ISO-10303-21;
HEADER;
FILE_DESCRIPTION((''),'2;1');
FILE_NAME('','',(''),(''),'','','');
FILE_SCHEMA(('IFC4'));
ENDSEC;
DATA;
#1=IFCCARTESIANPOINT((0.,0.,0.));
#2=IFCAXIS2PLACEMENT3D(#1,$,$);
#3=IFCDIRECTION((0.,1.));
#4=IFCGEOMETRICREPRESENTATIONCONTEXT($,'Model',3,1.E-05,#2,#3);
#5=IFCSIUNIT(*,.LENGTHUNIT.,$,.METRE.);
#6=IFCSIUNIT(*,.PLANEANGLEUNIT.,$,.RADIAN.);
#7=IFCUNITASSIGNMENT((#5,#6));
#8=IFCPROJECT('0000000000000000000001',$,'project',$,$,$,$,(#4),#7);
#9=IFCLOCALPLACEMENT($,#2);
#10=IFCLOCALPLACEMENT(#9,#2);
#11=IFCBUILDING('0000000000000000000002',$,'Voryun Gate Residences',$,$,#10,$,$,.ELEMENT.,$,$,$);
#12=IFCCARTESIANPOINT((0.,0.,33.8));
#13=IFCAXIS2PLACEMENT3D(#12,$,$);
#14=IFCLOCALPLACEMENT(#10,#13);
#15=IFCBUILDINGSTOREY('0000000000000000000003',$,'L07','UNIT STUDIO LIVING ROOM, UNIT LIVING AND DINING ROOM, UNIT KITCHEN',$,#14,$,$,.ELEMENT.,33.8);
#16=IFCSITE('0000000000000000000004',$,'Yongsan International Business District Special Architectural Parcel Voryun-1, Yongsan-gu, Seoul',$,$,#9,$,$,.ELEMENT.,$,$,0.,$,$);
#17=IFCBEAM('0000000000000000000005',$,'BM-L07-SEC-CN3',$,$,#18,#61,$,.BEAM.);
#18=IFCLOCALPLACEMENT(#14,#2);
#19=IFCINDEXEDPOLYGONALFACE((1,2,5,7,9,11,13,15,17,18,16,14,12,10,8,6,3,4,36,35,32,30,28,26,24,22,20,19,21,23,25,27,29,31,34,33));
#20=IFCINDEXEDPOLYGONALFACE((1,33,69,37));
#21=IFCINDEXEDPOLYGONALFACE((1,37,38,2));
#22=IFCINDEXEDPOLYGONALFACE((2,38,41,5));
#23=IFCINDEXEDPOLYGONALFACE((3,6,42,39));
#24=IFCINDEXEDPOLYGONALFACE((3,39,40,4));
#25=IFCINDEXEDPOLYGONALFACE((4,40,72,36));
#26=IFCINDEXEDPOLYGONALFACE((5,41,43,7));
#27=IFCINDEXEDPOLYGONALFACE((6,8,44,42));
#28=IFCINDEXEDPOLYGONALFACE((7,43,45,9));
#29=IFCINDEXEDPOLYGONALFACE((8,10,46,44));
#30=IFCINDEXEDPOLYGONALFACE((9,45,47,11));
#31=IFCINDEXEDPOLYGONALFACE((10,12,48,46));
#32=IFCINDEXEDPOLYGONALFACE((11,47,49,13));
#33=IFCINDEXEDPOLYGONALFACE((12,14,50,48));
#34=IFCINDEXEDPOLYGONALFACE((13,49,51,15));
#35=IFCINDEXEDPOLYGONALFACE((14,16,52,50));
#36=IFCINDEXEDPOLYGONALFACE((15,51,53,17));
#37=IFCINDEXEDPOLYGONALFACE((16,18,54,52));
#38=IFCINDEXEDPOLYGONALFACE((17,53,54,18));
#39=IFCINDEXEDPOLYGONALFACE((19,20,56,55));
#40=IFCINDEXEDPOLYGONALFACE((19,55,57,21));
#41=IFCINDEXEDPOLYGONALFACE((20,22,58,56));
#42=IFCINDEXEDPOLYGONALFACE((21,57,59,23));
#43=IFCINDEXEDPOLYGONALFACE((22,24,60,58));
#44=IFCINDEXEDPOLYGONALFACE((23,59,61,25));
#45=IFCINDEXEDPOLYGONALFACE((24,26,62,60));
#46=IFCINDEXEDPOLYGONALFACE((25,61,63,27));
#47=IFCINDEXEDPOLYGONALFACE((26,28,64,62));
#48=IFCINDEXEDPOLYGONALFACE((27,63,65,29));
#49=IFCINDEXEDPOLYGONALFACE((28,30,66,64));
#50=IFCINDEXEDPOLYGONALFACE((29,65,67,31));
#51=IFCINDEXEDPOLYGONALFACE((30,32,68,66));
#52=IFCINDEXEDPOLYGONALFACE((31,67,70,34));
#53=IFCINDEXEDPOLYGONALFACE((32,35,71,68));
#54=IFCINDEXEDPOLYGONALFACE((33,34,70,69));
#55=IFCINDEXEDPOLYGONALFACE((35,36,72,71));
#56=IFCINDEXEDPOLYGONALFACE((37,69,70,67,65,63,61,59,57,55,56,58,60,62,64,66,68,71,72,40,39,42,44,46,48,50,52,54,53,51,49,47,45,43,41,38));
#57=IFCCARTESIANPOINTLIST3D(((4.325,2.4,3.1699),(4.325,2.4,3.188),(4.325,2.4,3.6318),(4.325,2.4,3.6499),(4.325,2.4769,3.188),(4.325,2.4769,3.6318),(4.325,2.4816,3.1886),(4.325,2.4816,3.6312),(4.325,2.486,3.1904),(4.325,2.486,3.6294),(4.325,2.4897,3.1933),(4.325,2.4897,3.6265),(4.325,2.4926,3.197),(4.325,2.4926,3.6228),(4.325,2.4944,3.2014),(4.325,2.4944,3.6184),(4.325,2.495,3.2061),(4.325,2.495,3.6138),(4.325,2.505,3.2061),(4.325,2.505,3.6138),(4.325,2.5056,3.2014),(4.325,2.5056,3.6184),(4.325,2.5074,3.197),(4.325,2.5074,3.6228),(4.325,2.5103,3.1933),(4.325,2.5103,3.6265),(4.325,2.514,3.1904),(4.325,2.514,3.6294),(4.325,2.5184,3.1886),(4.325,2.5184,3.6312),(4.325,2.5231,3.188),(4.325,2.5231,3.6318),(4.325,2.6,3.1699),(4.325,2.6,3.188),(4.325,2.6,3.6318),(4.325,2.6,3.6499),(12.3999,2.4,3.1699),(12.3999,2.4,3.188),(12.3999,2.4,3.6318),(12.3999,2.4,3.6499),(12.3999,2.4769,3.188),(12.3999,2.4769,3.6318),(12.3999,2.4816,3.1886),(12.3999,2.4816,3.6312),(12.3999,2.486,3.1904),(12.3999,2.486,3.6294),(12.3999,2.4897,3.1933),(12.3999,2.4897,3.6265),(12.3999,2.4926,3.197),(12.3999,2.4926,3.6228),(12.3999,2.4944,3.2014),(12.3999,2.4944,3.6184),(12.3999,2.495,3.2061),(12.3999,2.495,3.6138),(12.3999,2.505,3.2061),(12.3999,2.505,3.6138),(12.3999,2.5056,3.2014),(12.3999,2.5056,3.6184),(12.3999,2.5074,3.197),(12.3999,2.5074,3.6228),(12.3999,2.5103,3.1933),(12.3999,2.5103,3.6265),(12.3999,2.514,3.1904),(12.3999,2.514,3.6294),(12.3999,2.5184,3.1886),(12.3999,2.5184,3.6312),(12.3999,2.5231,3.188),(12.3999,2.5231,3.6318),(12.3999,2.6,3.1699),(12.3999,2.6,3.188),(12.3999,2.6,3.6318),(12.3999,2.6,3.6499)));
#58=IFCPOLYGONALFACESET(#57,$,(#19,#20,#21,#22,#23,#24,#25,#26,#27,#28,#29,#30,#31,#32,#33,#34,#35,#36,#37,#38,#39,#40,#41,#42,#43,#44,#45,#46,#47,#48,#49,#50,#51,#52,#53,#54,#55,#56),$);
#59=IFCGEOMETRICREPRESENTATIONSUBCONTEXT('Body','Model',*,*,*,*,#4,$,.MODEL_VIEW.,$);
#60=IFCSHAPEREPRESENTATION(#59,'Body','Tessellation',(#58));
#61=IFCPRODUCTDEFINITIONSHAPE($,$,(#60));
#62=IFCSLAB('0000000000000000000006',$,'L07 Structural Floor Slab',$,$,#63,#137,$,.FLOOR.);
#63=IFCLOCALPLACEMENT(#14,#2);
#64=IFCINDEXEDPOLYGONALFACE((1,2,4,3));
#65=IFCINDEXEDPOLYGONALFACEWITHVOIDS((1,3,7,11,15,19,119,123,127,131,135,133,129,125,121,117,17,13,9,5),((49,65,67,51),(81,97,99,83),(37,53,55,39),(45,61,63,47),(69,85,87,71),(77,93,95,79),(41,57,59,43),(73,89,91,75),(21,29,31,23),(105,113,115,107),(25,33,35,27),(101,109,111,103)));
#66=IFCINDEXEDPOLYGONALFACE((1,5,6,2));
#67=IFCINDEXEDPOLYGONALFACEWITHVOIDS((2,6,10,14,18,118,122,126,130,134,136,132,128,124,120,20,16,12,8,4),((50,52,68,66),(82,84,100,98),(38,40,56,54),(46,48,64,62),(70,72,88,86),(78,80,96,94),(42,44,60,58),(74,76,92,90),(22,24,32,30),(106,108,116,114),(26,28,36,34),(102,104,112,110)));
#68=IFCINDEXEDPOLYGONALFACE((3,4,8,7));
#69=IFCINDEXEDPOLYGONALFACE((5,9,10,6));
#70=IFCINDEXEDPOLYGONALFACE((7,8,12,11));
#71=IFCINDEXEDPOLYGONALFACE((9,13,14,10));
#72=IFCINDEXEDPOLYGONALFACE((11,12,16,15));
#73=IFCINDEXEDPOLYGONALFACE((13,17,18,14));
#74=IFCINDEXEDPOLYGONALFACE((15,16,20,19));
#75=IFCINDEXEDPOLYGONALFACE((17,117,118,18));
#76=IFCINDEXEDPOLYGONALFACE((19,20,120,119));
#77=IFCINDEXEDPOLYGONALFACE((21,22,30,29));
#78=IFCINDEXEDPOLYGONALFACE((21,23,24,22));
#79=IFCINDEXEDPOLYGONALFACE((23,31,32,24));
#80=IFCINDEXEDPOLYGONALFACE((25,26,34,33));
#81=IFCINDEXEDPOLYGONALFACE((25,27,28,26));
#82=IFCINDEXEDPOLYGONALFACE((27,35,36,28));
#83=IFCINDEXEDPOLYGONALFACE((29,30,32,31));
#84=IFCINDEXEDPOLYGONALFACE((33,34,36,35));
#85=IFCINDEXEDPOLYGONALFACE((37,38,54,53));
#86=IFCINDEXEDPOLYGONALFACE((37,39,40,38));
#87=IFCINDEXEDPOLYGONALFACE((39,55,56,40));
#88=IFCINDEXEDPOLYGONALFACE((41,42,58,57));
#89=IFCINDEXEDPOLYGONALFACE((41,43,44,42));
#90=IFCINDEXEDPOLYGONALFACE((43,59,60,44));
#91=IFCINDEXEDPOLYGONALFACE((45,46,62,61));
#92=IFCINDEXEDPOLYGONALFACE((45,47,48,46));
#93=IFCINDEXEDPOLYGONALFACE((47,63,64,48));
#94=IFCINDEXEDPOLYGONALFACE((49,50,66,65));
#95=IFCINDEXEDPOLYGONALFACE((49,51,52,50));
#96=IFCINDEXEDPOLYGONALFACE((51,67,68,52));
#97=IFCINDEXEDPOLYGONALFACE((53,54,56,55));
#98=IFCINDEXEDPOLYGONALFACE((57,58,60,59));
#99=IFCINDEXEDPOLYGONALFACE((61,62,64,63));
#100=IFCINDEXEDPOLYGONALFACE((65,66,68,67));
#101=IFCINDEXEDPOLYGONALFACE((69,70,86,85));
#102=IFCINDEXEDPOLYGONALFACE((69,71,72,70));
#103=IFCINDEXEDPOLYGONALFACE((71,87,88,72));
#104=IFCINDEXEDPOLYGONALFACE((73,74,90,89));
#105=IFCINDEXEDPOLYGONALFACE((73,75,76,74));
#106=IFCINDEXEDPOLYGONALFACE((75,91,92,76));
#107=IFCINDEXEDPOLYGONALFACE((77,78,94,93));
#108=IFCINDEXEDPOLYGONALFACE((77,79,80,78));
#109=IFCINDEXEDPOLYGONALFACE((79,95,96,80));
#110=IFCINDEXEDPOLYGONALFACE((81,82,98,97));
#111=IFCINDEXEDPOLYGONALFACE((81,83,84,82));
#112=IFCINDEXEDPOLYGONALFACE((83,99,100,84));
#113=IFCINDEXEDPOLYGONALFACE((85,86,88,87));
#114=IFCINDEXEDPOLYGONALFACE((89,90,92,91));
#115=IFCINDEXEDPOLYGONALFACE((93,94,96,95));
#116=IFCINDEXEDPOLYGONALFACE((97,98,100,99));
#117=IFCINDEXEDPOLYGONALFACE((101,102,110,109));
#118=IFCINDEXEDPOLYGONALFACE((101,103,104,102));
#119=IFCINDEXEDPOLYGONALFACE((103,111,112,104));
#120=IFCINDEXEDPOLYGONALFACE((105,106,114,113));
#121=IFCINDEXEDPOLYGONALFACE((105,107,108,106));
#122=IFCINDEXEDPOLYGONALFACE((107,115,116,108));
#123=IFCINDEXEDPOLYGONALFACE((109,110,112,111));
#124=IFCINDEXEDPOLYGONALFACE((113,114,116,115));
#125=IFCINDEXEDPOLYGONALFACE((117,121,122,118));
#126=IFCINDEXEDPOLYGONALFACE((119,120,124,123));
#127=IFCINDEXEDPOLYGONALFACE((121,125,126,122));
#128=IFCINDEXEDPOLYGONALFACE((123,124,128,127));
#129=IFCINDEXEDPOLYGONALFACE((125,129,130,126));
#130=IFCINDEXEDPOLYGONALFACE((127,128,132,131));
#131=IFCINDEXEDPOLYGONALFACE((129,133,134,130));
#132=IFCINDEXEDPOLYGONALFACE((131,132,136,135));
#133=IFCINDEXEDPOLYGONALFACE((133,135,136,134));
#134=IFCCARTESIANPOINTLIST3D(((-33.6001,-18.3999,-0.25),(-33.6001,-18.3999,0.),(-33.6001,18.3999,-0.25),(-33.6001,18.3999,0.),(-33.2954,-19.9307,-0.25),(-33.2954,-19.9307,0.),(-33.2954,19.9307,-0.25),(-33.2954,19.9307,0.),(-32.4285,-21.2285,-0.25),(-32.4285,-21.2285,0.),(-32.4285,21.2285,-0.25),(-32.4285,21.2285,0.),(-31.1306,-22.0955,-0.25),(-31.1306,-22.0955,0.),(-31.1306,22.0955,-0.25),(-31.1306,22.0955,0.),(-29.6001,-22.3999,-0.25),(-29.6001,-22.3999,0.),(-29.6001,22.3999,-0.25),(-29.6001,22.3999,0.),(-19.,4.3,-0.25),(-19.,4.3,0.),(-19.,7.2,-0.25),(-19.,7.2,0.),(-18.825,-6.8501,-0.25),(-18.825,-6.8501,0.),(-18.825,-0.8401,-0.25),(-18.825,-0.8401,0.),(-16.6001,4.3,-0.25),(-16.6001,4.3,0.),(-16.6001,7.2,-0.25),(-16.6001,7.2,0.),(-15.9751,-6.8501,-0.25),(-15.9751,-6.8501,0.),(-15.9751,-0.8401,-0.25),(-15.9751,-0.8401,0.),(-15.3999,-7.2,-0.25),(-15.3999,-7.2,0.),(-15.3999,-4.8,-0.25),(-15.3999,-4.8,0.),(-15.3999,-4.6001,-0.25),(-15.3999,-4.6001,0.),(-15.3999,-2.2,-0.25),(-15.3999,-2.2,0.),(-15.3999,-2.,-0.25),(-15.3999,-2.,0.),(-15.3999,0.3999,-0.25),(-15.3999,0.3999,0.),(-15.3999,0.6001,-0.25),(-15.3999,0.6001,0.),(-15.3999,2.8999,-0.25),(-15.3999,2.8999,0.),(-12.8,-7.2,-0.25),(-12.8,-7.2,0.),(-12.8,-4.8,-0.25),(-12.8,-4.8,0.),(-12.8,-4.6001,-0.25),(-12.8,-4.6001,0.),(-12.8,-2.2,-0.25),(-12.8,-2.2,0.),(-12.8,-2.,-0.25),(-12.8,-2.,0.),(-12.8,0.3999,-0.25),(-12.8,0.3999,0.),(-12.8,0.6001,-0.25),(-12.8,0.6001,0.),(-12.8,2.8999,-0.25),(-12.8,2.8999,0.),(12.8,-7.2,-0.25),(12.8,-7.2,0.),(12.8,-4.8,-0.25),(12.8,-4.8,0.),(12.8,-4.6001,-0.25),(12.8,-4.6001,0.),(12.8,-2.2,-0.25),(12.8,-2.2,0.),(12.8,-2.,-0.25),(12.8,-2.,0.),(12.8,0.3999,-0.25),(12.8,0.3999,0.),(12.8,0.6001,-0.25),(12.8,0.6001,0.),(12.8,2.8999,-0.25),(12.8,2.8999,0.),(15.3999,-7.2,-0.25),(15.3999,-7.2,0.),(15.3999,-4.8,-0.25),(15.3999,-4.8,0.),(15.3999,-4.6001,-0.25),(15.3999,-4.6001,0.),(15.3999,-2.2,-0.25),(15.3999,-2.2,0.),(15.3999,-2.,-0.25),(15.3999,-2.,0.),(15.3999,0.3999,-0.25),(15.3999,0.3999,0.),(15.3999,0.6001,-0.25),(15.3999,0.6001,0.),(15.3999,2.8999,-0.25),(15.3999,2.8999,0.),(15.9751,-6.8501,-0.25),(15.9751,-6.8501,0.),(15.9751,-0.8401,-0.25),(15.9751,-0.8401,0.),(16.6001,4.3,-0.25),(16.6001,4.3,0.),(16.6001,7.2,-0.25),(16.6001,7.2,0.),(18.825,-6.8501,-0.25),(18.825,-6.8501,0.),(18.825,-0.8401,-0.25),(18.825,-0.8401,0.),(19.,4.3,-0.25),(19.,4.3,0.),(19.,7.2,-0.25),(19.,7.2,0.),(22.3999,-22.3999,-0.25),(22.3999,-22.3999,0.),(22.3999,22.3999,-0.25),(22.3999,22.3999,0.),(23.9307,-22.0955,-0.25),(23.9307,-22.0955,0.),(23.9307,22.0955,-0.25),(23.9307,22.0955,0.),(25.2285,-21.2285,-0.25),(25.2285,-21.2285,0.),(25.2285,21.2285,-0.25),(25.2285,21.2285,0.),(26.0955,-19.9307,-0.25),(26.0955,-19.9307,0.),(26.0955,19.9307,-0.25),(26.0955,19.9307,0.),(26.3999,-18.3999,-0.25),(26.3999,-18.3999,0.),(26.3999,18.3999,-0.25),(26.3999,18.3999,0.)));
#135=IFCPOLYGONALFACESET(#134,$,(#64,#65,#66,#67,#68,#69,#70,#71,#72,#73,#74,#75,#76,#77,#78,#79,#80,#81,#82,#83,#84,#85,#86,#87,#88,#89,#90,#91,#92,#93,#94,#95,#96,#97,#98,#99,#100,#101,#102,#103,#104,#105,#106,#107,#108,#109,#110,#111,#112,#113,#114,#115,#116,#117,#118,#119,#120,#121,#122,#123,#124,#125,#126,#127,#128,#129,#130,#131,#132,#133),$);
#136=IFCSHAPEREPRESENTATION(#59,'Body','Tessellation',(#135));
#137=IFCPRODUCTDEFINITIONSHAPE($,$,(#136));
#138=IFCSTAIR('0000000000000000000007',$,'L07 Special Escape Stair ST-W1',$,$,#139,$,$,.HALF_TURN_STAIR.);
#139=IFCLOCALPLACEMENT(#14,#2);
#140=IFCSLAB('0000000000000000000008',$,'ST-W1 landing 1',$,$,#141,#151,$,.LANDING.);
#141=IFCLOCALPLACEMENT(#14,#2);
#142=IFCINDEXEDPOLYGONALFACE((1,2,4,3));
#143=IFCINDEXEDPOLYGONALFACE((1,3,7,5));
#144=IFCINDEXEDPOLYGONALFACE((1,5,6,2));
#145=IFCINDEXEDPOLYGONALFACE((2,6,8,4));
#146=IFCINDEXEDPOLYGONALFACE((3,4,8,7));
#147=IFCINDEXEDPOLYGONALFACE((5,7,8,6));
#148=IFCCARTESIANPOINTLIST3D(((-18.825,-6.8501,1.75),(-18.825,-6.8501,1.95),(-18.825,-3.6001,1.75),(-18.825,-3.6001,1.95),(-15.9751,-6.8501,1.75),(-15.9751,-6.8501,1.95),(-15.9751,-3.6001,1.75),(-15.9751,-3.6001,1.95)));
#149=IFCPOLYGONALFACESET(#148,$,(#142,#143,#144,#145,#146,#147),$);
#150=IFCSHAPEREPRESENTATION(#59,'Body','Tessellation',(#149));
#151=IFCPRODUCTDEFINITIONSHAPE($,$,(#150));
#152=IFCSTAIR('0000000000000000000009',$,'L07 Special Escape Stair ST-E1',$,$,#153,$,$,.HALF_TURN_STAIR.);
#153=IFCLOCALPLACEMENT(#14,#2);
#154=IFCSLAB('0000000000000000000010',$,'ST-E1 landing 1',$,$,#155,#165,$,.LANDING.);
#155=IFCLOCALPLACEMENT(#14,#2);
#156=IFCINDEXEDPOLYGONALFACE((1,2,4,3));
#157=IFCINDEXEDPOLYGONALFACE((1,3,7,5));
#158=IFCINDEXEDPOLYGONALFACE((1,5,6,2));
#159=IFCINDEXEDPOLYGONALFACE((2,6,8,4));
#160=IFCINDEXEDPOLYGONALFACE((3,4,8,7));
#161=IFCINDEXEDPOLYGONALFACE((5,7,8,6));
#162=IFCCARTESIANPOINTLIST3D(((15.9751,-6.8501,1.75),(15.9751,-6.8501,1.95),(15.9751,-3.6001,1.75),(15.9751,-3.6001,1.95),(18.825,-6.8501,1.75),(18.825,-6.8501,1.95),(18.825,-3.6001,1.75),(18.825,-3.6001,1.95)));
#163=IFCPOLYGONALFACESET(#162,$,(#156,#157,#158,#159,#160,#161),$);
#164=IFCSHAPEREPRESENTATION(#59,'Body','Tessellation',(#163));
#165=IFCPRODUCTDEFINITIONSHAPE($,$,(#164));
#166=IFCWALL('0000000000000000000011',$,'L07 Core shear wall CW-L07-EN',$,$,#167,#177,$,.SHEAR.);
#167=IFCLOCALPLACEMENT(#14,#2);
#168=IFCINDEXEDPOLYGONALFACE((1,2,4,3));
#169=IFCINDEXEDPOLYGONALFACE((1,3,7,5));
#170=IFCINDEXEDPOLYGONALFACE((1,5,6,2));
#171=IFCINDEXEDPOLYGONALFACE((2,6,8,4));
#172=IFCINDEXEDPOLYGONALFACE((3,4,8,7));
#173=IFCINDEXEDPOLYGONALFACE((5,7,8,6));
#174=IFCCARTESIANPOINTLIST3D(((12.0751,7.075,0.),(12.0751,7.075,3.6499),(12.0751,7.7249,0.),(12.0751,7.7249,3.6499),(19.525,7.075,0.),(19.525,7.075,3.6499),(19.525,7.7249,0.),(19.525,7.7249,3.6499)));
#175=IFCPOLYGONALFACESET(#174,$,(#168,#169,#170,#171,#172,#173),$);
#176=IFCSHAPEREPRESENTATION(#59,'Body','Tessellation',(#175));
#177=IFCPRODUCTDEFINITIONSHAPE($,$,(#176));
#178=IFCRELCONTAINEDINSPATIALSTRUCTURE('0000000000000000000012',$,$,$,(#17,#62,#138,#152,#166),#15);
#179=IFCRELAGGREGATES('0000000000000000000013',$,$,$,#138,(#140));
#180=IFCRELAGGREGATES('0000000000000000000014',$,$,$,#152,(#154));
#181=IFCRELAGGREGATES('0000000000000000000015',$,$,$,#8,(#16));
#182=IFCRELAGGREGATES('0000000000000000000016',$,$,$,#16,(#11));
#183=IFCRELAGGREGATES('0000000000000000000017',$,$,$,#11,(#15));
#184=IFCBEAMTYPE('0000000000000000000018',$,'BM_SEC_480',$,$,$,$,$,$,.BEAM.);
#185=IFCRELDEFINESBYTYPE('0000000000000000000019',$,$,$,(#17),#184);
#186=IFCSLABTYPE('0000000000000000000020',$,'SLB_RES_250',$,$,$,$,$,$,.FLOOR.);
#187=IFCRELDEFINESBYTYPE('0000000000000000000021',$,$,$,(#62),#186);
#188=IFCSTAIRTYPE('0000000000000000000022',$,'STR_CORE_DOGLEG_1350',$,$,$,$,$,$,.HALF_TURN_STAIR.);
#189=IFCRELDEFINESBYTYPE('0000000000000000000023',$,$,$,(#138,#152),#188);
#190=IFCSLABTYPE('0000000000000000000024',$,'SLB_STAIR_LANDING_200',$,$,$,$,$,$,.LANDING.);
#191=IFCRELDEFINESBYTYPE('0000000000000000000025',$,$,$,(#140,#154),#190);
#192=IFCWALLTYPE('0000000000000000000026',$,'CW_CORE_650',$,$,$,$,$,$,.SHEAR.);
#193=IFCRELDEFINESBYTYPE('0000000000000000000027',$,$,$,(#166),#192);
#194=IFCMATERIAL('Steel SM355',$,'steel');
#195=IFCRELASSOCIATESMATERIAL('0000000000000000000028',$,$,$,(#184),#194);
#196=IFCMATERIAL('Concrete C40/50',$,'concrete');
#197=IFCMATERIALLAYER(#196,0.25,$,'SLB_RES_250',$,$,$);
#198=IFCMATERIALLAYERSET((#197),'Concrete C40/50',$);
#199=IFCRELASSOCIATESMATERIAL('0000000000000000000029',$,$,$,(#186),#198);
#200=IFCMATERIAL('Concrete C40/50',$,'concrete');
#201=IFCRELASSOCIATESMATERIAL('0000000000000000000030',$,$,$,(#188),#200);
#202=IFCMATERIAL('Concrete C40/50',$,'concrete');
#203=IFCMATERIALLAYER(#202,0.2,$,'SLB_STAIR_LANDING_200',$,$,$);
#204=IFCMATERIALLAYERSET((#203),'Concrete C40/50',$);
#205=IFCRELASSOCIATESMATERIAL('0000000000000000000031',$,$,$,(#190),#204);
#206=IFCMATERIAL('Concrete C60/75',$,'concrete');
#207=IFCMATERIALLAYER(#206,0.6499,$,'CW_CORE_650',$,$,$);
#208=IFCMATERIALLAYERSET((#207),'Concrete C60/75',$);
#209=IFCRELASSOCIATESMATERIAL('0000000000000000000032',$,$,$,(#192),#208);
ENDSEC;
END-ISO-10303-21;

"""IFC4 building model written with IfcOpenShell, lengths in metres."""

from ifc_helpers import new_model, si_unit, direction, frame, frame_2d, origin, origin_2d, place, context, subcontext, project, spatial, polyline, rectangle, i_section, outline, extrude, material, layer, layer_set, material_profile, profile_set, type_object, element, aggregate, save


model = new_model("IFC4")

# Units and contexts
model_context = context("Model", 3, precision=1e-05, world=origin(), true_north=direction((0.0, 1.0)))
body_context = subcontext(model_context, "Body", "Model", "MODEL_VIEW")
ifc_project = project(units=[si_unit("LENGTHUNIT", "METRE"), si_unit("PLANEANGLEUNIT", "RADIAN")], contexts=[model_context])

# Site, building, storey
site_placement = place(None, origin())
site = spatial("IfcSite", under=ifc_project, at=site_placement, Name="Yongsan International Business District Special Architectural Parcel Voryun-1, Yongsan-gu, Seoul", CompositionType="ELEMENT", RefElevation=0.0)
building_placement = place(site_placement, origin())
building = spatial("IfcBuilding", under=site, at=building_placement, Name="Voryun Gate Residences", CompositionType="ELEMENT")
storey_placement = place(building_placement, frame((0.0, 0.0, 33.8)))
storey = spatial("IfcBuildingStorey", under=building, at=storey_placement, Name="L07", Description="UNIT STUDIO LIVING ROOM, UNIT LIVING AND DINING ROOM, UNIT KITCHEN", CompositionType="ELEMENT", Elevation=33.8)

# Beam
ifc_material_1 = material(Name="Steel SM355", Category="steel")
ifc_material_profile_1 = material_profile(ifc_material_1, i_section(OverallWidth=0.2, OverallDepth=0.48, WebThickness=0.01, FlangeThickness=0.0181, FilletRadius=0.0181, at=origin_2d()), Name="H-480x200x10x18")
ifc_profile_set_1 = profile_set([ifc_material_profile_1], Name="Steel SM355")
beam_type_1 = type_object("IfcBeamType", Name="BM_SEC_480", PredefinedType="BEAM", material=ifc_profile_set_1)
beam_1_placement = place(storey_placement, frame((4.325, 2.5, 3.4099), z_axis=(1.0, 0.0, 0.0), x_axis=(0.0, 1.0, 0.0)))
element("IfcBeam", 1, at=beam_1_placement, inside=storey, type_object=beam_type_1, Name="BM-L07-SEC-CN3", PredefinedType="BEAM", context=body_context, shape_type="SweptSolid", body=[
    extrude(i_section(OverallWidth=0.2, OverallDepth=0.48, WebThickness=0.01, FlangeThickness=0.0181, FilletRadius=0.0181, at=origin_2d()), origin(), (0.0, 0.0, 1.0), 8.075),
])

# Slab
ifc_material_2 = material(Name="Concrete C40/50", Category="concrete")
ifc_layer_1 = layer(ifc_material_2, 0.25, Name="SLB_RES_250")
ifc_layer_set_1 = layer_set([ifc_layer_1], Name="Concrete C40/50")
slab_type_1 = type_object("IfcSlabType", Name="SLB_RES_250", PredefinedType="FLOOR", material=ifc_layer_set_1)
slab_1_placement = place(storey_placement, frame((0.0, 0.0, -0.25)))
element("IfcSlab", 2, at=slab_1_placement, inside=storey, type_object=slab_type_1, Name="L07 Structural Floor Slab", PredefinedType="FLOOR", context=body_context, shape_type="SweptSolid", body=[
    extrude(outline(polyline([(-29.6001, -22.3999), (-31.1306, -22.0955), (-32.4285, -21.2285), (-33.2954, -19.9307), (-33.6001, -18.3999), (-33.6001, 18.3999), (-33.2954, 19.9307), (-32.4285, 21.2285), (-31.1306, 22.0955), (-29.6001, 22.3999), (22.3999, 22.3999), (23.9307, 22.0955), (25.2285, 21.2285), (26.0955, 19.9307), (26.3999, 18.3999), (26.3999, -18.3999), (26.0955, -19.9307), (25.2285, -21.2285), (23.9307, -22.0955), (22.3999, -22.3999), (-29.6001, -22.3999)]), holes=[polyline([(-12.8, -4.8), (-15.3999, -4.8), (-15.3999, -7.2), (-12.8, -7.2), (-12.8, -4.8)]), polyline([(-18.825, -6.8501), (-15.9751, -6.8501), (-15.9751, -0.8401), (-18.825, -0.8401), (-18.825, -6.8501)]), polyline([(-12.8, -4.6001), (-12.8, -2.2), (-15.3999, -2.2), (-15.3999, -4.6001), (-12.8, -4.6001)]), polyline([(-12.8, 0.3999), (-15.3999, 0.3999), (-15.3999, -2.0), (-12.8, -2.0), (-12.8, 0.3999)]), polyline([(-12.8, 0.6001), (-12.8, 2.8999), (-15.3999, 2.8999), (-15.3999, 0.6001), (-12.8, 0.6001)]), polyline([(-16.6001, 4.3), (-16.6001, 7.2), (-19.0, 7.2), (-19.0, 4.3), (-16.6001, 4.3)]), polyline([(15.3999, -4.8), (12.8, -4.8), (12.8, -7.2), (15.3999, -7.2), (15.3999, -4.8)]), polyline([(15.9751, -6.8501), (18.825, -6.8501), (18.825, -0.8401), (15.9751, -0.8401), (15.9751, -6.8501)]), polyline([(15.3999, -4.6001), (15.3999, -2.2), (12.8, -2.2), (12.8, -4.6001), (15.3999, -4.6001)]), polyline([(15.3999, 0.3999), (12.8, 0.3999), (12.8, -2.0), (15.3999, -2.0), (15.3999, 0.3999)]), polyline([(15.3999, 0.6001), (15.3999, 2.8999), (12.8, 2.8999), (12.8, 0.6001), (15.3999, 0.6001)]), polyline([(19.0, 4.3), (19.0, 7.2), (16.6001, 7.2), (16.6001, 4.3), (19.0, 4.3)])]), origin(), (0.0, 0.0, 1.0), 0.25),
])

# Stairs, slabs
ifc_material_3 = material(Name="Concrete C40/50", Category="concrete")
stair_type = type_object("IfcStairType", Name="STR_CORE_DOGLEG_1350", PredefinedType="HALF_TURN_STAIR", material=ifc_material_3)
stair_1_placement = place(storey_placement, origin())
stair_1 = element("IfcStair", 3, at=stair_1_placement, inside=storey, type_object=stair_type, Name="L07 Special Escape Stair ST-W1", PredefinedType="HALF_TURN_STAIR")
ifc_material_4 = material(Name="Concrete C40/50", Category="concrete")
ifc_layer_2 = layer(ifc_material_4, 0.2, Name="SLB_STAIR_LANDING_200")
ifc_layer_set_2 = layer_set([ifc_layer_2], Name="Concrete C40/50")
slab_type_2 = type_object("IfcSlabType", Name="SLB_STAIR_LANDING_200", PredefinedType="LANDING", material=ifc_layer_set_2)
slab_2_placement = place(storey_placement, frame((0.0, 0.0, 1.75)))
slab_2 = element("IfcSlab", 4, at=slab_2_placement, type_object=slab_type_2, Name="ST-W1 landing 1", PredefinedType="LANDING", context=body_context, shape_type="SweptSolid", body=[
    extrude(outline(polyline([(-18.825, -3.6001), (-18.825, -6.8501), (-15.9751, -6.8501), (-15.9751, -3.6001), (-18.825, -3.6001)])), origin(), (0.0, 0.0, 1.0), 0.2),
])
aggregate(stair_1, [slab_2])
stair_2_placement = place(storey_placement, origin())
stair_2 = element("IfcStair", 5, at=stair_2_placement, inside=storey, type_object=stair_type, Name="L07 Special Escape Stair ST-E1", PredefinedType="HALF_TURN_STAIR")
slab_3_placement = place(storey_placement, frame((0.0, 0.0, 1.75)))
slab_3 = element("IfcSlab", 6, at=slab_3_placement, type_object=slab_type_2, Name="ST-E1 landing 1", PredefinedType="LANDING", context=body_context, shape_type="SweptSolid", body=[
    extrude(outline(polyline([(15.9751, -3.6001), (15.9751, -6.8501), (18.825, -6.8501), (18.825, -3.6001), (15.9751, -3.6001)])), origin(), (0.0, 0.0, 1.0), 0.2),
])
aggregate(stair_2, [slab_3])

# Wall
ifc_material_5 = material(Name="Concrete C60/75", Category="concrete")
ifc_layer_3 = layer(ifc_material_5, 0.6499, Name="CW_CORE_650")
ifc_layer_set_3 = layer_set([ifc_layer_3], Name="Concrete C60/75")
wall_type_1 = type_object("IfcWallType", Name="CW_CORE_650", PredefinedType="SHEAR", material=ifc_layer_set_3)
wall_1_placement = place(storey_placement, frame((12.075, 7.3999, 0.0), z_axis=(0.0, 0.0, 1.0), x_axis=(1.0, 0.0, 0.0)))
element("IfcWall", 7, at=wall_1_placement, inside=storey, type_object=wall_type_1, Name="L07 Core shear wall CW-L07-EN", PredefinedType="SHEAR", context=body_context, shape_type="SweptSolid", body=[
    extrude(rectangle(XDim=7.45, YDim=0.6499, at=frame_2d((3.7251, 0.0))), origin(), (0.0, 0.0, 1.0), 3.6499),
])

save(model, "model.ifc")
